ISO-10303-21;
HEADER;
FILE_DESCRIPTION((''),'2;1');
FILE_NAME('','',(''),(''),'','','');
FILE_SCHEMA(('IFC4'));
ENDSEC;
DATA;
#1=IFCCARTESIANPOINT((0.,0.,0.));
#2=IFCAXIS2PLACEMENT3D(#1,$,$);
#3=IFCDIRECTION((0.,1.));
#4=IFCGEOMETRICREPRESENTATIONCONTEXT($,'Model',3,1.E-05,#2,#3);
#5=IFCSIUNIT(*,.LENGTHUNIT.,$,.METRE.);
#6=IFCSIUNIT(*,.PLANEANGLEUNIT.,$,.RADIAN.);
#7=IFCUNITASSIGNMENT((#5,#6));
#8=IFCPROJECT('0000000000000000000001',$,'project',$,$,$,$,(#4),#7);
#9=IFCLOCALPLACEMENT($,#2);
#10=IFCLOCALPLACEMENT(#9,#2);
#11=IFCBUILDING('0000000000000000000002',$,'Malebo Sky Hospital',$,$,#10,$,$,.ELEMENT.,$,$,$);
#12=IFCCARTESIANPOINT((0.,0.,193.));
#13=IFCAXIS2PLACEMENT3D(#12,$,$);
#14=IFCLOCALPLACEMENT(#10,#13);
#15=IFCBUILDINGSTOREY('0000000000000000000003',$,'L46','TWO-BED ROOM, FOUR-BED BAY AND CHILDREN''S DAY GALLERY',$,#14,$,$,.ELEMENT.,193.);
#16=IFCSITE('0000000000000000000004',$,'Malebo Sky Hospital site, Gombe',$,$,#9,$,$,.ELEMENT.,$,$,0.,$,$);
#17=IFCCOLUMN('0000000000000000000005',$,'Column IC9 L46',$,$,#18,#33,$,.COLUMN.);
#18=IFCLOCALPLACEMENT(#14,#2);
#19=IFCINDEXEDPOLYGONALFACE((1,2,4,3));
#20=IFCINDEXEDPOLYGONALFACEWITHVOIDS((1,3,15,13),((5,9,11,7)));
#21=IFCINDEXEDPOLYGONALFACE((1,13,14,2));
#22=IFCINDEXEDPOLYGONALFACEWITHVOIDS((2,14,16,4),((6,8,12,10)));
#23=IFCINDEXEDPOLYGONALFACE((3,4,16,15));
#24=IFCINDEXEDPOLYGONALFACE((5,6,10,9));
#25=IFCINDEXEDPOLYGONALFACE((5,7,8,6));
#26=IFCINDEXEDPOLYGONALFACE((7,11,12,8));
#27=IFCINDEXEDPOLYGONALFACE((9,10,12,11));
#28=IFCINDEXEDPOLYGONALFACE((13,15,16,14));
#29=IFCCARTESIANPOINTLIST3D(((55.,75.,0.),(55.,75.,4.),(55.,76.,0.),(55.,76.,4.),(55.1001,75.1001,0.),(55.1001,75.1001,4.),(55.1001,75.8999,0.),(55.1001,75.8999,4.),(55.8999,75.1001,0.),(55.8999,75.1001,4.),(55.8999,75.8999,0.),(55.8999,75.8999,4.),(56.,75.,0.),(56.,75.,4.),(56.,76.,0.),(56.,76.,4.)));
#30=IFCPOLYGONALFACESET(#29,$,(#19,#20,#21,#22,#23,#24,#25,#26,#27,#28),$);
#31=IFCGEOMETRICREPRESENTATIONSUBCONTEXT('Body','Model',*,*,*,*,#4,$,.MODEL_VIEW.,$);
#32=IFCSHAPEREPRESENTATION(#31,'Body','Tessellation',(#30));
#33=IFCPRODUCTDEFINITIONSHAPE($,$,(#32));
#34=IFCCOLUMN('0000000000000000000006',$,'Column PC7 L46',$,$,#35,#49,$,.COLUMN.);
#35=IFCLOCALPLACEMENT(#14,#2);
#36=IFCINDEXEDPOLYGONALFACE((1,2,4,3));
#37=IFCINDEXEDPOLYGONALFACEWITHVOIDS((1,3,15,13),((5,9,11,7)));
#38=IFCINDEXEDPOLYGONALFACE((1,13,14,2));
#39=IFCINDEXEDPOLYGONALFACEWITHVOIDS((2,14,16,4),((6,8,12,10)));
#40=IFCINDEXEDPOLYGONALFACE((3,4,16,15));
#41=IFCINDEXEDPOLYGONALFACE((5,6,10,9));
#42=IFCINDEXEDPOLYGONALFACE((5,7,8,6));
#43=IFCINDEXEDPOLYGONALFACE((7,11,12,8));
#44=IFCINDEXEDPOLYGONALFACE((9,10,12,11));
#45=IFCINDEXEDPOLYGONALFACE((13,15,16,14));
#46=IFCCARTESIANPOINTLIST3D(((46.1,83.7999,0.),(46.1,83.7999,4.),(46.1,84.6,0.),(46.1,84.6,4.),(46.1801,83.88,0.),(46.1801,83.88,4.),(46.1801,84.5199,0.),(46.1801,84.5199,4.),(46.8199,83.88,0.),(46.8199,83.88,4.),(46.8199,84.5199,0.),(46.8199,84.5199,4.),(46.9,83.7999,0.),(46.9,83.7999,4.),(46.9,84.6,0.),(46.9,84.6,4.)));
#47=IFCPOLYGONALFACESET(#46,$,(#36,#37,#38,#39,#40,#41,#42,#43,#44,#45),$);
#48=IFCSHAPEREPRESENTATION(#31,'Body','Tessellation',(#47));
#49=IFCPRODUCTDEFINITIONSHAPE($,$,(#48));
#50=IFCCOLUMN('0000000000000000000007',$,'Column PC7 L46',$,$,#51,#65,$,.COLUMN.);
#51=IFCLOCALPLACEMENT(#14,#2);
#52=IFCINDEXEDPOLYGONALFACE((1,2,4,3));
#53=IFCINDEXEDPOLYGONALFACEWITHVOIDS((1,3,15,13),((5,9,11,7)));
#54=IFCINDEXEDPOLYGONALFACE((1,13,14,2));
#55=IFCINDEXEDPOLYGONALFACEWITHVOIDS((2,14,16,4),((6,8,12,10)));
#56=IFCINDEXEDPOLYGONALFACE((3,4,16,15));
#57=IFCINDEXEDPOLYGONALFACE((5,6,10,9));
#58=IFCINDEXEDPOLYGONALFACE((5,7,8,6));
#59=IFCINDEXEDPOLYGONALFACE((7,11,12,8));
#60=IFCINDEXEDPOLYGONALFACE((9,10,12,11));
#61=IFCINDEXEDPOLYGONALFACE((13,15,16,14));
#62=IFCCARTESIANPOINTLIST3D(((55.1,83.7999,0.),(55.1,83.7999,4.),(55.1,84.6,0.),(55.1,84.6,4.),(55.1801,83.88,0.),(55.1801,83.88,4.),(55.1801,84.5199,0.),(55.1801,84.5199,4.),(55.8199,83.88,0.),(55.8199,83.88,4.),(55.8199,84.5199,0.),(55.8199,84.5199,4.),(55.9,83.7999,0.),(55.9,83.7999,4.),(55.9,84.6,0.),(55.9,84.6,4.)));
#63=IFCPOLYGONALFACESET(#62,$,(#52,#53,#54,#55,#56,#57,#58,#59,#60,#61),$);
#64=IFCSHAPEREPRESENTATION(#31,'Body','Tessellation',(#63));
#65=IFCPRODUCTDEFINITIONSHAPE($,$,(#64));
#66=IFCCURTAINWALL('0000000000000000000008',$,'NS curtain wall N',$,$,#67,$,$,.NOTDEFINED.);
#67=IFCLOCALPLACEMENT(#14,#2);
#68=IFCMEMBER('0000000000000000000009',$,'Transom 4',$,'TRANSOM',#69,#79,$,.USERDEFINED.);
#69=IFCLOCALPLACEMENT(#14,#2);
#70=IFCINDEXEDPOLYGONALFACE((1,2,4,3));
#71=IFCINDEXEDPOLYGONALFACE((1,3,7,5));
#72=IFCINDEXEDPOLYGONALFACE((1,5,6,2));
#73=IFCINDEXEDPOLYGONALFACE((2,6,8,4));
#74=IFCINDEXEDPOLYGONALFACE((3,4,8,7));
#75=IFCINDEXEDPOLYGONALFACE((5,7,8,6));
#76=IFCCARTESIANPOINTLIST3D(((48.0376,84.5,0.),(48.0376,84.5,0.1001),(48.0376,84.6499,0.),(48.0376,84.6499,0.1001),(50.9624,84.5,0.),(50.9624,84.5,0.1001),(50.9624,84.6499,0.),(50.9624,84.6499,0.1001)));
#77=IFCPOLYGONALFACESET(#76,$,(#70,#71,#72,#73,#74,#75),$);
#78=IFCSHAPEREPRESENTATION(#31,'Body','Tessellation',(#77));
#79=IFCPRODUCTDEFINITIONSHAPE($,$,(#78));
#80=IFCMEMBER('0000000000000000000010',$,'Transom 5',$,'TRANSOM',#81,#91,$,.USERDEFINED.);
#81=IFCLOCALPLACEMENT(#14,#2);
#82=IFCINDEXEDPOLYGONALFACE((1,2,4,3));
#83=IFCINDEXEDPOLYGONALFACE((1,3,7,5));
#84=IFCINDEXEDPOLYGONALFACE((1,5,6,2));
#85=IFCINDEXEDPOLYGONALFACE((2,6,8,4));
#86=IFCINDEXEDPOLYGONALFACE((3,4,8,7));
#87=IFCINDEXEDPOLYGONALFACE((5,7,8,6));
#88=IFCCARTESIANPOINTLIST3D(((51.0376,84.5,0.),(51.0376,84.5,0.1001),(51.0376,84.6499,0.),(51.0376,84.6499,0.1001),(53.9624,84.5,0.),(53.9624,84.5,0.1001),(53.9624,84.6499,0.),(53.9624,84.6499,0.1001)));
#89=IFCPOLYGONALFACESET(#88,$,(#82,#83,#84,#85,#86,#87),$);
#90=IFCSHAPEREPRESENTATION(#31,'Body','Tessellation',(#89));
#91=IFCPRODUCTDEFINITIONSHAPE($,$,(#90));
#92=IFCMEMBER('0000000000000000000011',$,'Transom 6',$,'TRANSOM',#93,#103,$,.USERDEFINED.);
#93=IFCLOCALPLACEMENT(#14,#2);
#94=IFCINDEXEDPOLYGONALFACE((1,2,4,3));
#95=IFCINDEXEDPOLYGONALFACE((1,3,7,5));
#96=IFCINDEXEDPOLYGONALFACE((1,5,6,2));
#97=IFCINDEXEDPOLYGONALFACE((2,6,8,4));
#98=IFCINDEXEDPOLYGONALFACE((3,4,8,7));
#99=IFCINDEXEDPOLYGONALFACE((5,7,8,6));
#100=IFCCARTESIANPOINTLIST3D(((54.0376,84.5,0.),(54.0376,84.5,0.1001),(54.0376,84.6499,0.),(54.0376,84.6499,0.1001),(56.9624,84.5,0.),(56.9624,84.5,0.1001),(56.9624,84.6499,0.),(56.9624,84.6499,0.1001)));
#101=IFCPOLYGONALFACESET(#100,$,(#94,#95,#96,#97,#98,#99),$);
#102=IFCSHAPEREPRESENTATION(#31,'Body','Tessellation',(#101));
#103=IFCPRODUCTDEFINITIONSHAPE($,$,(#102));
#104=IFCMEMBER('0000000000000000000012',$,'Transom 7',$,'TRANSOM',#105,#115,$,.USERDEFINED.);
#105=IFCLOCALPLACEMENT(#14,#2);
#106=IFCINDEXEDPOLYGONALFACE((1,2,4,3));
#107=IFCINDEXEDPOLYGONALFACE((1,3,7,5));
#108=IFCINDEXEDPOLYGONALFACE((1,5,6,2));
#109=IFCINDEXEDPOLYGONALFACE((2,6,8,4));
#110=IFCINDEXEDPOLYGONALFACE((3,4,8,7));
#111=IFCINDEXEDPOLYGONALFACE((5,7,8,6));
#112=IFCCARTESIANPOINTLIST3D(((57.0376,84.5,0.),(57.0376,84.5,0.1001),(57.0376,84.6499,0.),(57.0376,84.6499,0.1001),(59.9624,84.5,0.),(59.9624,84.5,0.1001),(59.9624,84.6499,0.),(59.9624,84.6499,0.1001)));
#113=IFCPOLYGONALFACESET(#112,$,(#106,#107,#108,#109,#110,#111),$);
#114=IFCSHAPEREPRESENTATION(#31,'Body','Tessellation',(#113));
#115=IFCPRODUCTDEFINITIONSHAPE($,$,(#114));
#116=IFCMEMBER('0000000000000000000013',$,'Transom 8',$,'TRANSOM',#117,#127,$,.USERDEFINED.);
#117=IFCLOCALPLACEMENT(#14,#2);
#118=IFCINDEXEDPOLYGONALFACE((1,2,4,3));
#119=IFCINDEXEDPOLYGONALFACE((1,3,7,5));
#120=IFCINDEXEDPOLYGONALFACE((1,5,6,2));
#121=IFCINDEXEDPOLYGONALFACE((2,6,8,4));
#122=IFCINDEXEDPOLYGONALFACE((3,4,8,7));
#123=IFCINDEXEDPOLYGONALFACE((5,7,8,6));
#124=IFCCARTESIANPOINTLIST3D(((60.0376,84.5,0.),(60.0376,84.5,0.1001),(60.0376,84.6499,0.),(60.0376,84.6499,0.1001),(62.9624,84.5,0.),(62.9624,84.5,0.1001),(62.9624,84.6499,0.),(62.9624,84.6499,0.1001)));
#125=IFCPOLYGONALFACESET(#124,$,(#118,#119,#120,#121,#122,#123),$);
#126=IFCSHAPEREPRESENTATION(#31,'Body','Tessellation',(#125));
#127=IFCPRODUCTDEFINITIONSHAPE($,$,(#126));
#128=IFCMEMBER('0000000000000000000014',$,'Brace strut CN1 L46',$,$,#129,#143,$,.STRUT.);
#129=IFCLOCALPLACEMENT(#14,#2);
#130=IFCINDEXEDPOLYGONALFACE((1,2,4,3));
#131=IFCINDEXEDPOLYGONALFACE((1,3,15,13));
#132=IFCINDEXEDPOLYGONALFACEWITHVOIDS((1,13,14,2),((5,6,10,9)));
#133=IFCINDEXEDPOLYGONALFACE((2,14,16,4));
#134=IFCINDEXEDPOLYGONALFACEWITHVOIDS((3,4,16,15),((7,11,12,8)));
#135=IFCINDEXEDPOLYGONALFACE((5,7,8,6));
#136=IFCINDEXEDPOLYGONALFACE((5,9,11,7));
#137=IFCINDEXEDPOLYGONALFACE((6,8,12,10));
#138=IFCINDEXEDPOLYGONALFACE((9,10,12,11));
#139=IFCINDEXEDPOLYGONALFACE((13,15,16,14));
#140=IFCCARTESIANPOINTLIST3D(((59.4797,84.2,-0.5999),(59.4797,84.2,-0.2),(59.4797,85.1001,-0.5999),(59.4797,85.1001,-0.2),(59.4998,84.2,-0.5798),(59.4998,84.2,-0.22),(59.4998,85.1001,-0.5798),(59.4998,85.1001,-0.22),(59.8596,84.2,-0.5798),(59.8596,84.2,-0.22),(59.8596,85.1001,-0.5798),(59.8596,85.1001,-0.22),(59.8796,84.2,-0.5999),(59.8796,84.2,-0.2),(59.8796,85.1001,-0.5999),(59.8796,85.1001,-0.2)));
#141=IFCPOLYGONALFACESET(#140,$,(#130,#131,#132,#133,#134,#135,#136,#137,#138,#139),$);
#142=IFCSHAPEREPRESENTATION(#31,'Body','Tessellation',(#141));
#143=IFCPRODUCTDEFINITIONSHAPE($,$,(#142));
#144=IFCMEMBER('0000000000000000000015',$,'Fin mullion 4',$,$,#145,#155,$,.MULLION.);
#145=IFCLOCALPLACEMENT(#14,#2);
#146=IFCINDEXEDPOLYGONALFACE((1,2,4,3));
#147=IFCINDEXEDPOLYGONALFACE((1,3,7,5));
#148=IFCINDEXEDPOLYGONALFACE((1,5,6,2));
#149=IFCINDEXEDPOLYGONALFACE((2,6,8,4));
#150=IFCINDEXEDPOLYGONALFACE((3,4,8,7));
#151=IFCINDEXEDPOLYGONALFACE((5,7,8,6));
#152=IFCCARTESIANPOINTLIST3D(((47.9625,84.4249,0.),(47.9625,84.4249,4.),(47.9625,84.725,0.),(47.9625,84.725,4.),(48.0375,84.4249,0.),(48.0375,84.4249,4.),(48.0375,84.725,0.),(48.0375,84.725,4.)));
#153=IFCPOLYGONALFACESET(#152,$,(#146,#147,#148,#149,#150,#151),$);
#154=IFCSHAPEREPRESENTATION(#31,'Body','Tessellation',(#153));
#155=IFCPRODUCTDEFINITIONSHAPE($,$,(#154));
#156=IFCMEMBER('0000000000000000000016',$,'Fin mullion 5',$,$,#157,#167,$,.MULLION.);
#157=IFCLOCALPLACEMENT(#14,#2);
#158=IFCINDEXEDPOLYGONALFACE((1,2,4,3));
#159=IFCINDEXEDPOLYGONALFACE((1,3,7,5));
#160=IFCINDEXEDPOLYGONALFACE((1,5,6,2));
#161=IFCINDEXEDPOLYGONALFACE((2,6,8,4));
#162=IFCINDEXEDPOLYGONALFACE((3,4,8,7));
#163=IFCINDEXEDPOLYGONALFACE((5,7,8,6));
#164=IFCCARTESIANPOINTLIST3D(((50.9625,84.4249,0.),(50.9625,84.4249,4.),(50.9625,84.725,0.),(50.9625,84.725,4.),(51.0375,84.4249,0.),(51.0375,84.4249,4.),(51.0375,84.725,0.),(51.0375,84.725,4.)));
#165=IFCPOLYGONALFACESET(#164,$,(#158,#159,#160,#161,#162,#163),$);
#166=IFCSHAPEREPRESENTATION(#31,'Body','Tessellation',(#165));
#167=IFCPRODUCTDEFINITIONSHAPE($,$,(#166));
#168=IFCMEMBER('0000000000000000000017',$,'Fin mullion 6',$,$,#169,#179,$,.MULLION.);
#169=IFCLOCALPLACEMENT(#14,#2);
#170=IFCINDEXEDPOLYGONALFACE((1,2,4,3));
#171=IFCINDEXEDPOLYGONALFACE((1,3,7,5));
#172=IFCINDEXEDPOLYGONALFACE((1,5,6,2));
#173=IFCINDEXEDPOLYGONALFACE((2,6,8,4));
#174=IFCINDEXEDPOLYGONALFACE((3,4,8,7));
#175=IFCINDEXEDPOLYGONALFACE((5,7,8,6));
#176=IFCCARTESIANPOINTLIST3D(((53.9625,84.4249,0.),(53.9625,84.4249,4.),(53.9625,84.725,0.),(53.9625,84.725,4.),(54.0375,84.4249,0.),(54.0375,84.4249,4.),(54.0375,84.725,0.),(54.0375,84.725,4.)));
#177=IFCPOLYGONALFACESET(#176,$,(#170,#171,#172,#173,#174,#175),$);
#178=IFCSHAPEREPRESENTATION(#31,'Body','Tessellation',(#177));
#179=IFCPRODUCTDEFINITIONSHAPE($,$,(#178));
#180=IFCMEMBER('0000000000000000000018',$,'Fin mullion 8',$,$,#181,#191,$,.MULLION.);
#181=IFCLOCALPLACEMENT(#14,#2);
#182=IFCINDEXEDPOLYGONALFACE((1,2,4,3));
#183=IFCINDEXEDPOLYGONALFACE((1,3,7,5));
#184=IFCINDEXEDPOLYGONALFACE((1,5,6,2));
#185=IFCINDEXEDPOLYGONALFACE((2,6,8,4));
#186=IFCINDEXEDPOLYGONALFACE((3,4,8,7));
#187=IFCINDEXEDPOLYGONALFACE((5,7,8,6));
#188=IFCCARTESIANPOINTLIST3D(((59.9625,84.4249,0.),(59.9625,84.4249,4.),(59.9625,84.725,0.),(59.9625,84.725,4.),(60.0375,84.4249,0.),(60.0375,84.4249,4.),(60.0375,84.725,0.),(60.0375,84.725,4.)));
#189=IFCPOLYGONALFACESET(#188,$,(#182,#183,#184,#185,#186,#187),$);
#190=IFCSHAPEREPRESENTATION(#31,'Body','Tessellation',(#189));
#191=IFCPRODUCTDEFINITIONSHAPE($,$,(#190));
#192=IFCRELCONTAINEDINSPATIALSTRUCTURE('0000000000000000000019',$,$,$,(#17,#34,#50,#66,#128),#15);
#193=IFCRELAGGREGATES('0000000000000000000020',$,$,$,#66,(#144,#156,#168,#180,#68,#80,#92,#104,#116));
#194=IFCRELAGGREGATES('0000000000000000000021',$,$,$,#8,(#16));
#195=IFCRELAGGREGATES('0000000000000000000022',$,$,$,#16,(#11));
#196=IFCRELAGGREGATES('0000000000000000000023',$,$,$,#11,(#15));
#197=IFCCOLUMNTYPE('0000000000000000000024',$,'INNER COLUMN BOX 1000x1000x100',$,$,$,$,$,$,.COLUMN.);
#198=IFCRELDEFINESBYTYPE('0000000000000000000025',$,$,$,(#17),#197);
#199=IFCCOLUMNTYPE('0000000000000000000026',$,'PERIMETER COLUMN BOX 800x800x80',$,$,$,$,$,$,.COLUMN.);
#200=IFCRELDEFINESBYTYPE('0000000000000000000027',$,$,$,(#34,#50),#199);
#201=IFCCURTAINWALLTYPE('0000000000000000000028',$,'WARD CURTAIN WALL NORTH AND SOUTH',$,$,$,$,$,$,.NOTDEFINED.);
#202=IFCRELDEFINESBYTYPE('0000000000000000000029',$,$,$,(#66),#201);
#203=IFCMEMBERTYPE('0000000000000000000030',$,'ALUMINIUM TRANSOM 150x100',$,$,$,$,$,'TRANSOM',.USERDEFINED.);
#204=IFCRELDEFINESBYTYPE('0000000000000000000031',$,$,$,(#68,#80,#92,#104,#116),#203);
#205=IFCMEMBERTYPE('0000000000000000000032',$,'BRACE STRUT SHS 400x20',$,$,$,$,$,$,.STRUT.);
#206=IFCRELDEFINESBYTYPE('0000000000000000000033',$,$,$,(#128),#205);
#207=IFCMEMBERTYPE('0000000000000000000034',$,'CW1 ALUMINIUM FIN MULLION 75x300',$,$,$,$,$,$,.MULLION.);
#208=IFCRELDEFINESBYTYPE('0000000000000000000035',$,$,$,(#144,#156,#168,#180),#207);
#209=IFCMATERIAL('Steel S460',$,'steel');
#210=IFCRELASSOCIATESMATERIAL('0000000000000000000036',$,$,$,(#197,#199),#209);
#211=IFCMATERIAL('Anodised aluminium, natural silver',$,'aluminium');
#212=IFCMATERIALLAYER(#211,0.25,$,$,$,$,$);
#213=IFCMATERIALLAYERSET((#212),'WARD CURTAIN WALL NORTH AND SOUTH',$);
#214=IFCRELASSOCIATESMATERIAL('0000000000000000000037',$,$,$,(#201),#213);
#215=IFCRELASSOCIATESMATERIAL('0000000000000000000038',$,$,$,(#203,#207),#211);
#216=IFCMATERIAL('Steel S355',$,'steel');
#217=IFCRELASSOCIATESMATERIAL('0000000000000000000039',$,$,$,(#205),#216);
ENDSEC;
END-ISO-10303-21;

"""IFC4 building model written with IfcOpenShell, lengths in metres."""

from ifc_helpers import new_model, si_unit, direction, frame, origin, origin_2d, place, context, subcontext, project, spatial, rectangle, hollow_rectangle, extrude, material, layer, layer_set, material_profile, profile_set, type_object, element, aggregate, save


model = new_model("IFC4")

# Units and contexts
model_context = context("Model", 3, precision=1e-05, world=origin(), true_north=direction((0.0, 1.0)))
body_context = subcontext(model_context, "Body", "Model", "MODEL_VIEW")
ifc_project = project(units=[si_unit("LENGTHUNIT", "METRE"), si_unit("PLANEANGLEUNIT", "RADIAN")], contexts=[model_context])

# Site, building, storey
site_placement = place(None, origin())
site = spatial("IfcSite", under=ifc_project, at=site_placement, Name="Malebo Sky Hospital site, Gombe", CompositionType="ELEMENT", RefElevation=0.0)
building_placement = place(site_placement, origin())
building = spatial("IfcBuilding", under=site, at=building_placement, Name="Malebo Sky Hospital", CompositionType="ELEMENT")
storey_placement = place(building_placement, frame((0.0, 0.0, 193.0)))
storey = spatial("IfcBuildingStorey", under=building, at=storey_placement, Name="L46", Description="TWO-BED ROOM, FOUR-BED BAY AND CHILDREN'S DAY GALLERY", CompositionType="ELEMENT", Elevation=193.0)

# Columns
ifc_material_1 = material(Name="Steel S460", Category="steel")
ifc_material_profile_1 = material_profile(ifc_material_1, hollow_rectangle(XDim=1.0, YDim=1.0, WallThickness=0.1001, at=origin_2d()), Name="BOX 1000x1000x100")
ifc_profile_set_1 = profile_set([ifc_material_profile_1], Name="Steel S460")
column_type_1 = type_object("IfcColumnType", Name="INNER COLUMN BOX 1000x1000x100", PredefinedType="COLUMN", material=ifc_profile_set_1)
column_placement = place(storey_placement, frame((55.5, 75.5, 0.0), z_axis=(0.0, 0.0, 1.0), x_axis=(1.0, 0.0, 0.0)))
element("IfcColumn", 1, at=column_placement, inside=storey, type_object=column_type_1, Name="Column IC9 L46", PredefinedType="COLUMN", context=body_context, shape_type="SweptSolid", body=[
    extrude(hollow_rectangle(XDim=1.0, YDim=1.0, WallThickness=0.1001, at=origin_2d()), origin(), (0.0, 0.0, 1.0), 4.0),
])
ifc_material_profile_2 = material_profile(ifc_material_1, hollow_rectangle(XDim=0.8, YDim=0.8, WallThickness=0.0801, at=origin_2d()), Name="BOX 800x800x80")
ifc_profile_set_2 = profile_set([ifc_material_profile_2], Name="Steel S460")
column_type_2 = type_object("IfcColumnType", Name="PERIMETER COLUMN BOX 800x800x80", PredefinedType="COLUMN", material=ifc_profile_set_2)
for number, where, z_axis, x_axis, name in (
    (2, (46.5, 84.2, 0.0), (0.0, 0.0, 1.0), (1.0, 0.0, 0.0), "Column PC7 L46"),
    (3, (55.5, 84.2, 0.0), (0.0, 0.0, 1.0), (1.0, 0.0, 0.0), "Column PC7 L46"),
):
    element("IfcColumn", number, at=place(storey_placement, frame(where, z_axis=z_axis, x_axis=x_axis)), inside=storey, type_object=column_type_2, Name=name, PredefinedType="COLUMN", context=body_context, shape_type="SweptSolid", body=[
        extrude(hollow_rectangle(XDim=0.8, YDim=0.8, WallThickness=0.0801, at=origin_2d()), origin(), (0.0, 0.0, 1.0), 4.0),
    ])

# Curtain wall, members
ifc_material_2 = material(Name="Anodised aluminium, natural silver", Category="aluminium")
ifc_layer_1 = layer(ifc_material_2, 0.25)
ifc_layer_set_1 = layer_set([ifc_layer_1], Name="WARD CURTAIN WALL NORTH AND SOUTH")
curtain_wall_type = type_object("IfcCurtainWallType", Name="WARD CURTAIN WALL NORTH AND SOUTH", PredefinedType="NOTDEFINED", material=ifc_layer_set_1)
curtain_wall_placement = place(storey_placement, origin())
curtain_wall = element("IfcCurtainWall", 4, at=curtain_wall_placement, inside=storey, type_object=curtain_wall_type, Name="NS curtain wall N", PredefinedType="NOTDEFINED")
ifc_material_profile_3 = material_profile(ifc_material_2, rectangle(XDim=0.1499, YDim=0.1001, at=origin_2d()), Name="ALUMINIUM TRANSOM 150x100")
ifc_profile_set_3 = profile_set([ifc_material_profile_3], Name="Anodised aluminium, natural silver")
member_type_1 = type_object("IfcMemberType", Name="ALUMINIUM TRANSOM 150x100", ElementType="TRANSOM", PredefinedType="USERDEFINED", material=ifc_profile_set_3)
member_1_placement = place(storey_placement, frame((48.0376, 84.575, 0.05), z_axis=(1.0, 0.0, 0.0), x_axis=(0.0, 1.0, 0.0)))
member_1 = element("IfcMember", 5, at=member_1_placement, type_object=member_type_1, Name="Transom 4", ObjectType="TRANSOM", PredefinedType="USERDEFINED", context=body_context, shape_type="SweptSolid", body=[
    extrude(rectangle(XDim=0.1499, YDim=0.1001, at=origin_2d()), origin(), (0.0, 0.0, 1.0), 2.9248),
])
member_2_placement = place(storey_placement, frame((51.0376, 84.575, 0.05), z_axis=(1.0, 0.0, 0.0), x_axis=(0.0, 1.0, 0.0)))
member_2 = element("IfcMember", 6, at=member_2_placement, type_object=member_type_1, Name="Transom 5", ObjectType="TRANSOM", PredefinedType="USERDEFINED", context=body_context, shape_type="SweptSolid", body=[
    extrude(rectangle(XDim=0.1499, YDim=0.1001, at=origin_2d()), origin(), (0.0, 0.0, 1.0), 2.9248),
])
member_3_placement = place(storey_placement, frame((54.0376, 84.575, 0.05), z_axis=(1.0, 0.0, 0.0), x_axis=(0.0, 1.0, 0.0)))
member_3 = element("IfcMember", 7, at=member_3_placement, type_object=member_type_1, Name="Transom 6", ObjectType="TRANSOM", PredefinedType="USERDEFINED", context=body_context, shape_type="SweptSolid", body=[
    extrude(rectangle(XDim=0.1499, YDim=0.1001, at=origin_2d()), origin(), (0.0, 0.0, 1.0), 2.9248),
])
member_4_placement = place(storey_placement, frame((57.0376, 84.575, 0.05), z_axis=(1.0, 0.0, 0.0), x_axis=(0.0, 1.0, 0.0)))
member_4 = element("IfcMember", 8, at=member_4_placement, type_object=member_type_1, Name="Transom 7", ObjectType="TRANSOM", PredefinedType="USERDEFINED", context=body_context, shape_type="SweptSolid", body=[
    extrude(rectangle(XDim=0.1499, YDim=0.1001, at=origin_2d()), origin(), (0.0, 0.0, 1.0), 2.9248),
])
member_5_placement = place(storey_placement, frame((60.0376, 84.575, 0.05), z_axis=(1.0, 0.0, 0.0), x_axis=(0.0, 1.0, 0.0)))
member_5 = element("IfcMember", 9, at=member_5_placement, type_object=member_type_1, Name="Transom 8", ObjectType="TRANSOM", PredefinedType="USERDEFINED", context=body_context, shape_type="SweptSolid", body=[
    extrude(rectangle(XDim=0.1499, YDim=0.1001, at=origin_2d()), origin(), (0.0, 0.0, 1.0), 2.9248),
])

# Members
ifc_material_3 = material(Name="Steel S355", Category="steel")
ifc_material_profile_4 = material_profile(ifc_material_3, hollow_rectangle(XDim=0.3999, YDim=0.3999, WallThickness=0.02, at=origin_2d()), Name="SHS 400x20")
ifc_profile_set_4 = profile_set([ifc_material_profile_4], Name="Steel S355")
member_type_2 = type_object("IfcMemberType", Name="BRACE STRUT SHS 400x20", PredefinedType="STRUT", material=ifc_profile_set_4)
member_6_placement = place(storey_placement, frame((59.6797, 85.1001, -0.3999), z_axis=(0.0, -1.0, 0.0), x_axis=(1.0, 0.0, 0.0)))
element("IfcMember", 10, at=member_6_placement, inside=storey, type_object=member_type_2, Name="Brace strut CN1 L46", PredefinedType="STRUT", context=body_context, shape_type="SweptSolid", body=[
    extrude(hollow_rectangle(XDim=0.3999, YDim=0.3999, WallThickness=0.02, at=origin_2d()), origin(), (0.0, 0.0, 1.0), 0.9001),
])
ifc_material_profile_5 = material_profile(ifc_material_2, rectangle(XDim=0.075, YDim=0.3, at=origin_2d()), Name="CW1 ALUMINIUM FIN MULLION 75x300")
ifc_profile_set_5 = profile_set([ifc_material_profile_5], Name="Anodised aluminium, natural silver")
member_type_3 = type_object("IfcMemberType", Name="CW1 ALUMINIUM FIN MULLION 75x300", PredefinedType="MULLION", material=ifc_profile_set_5)
member_7_placement = place(storey_placement, frame((48.0, 84.575, 0.0), z_axis=(0.0, 0.0, 1.0), x_axis=(1.0, 0.0, 0.0)))
member_7 = element("IfcMember", 11, at=member_7_placement, type_object=member_type_3, Name="Fin mullion 4", PredefinedType="MULLION", context=body_context, shape_type="SweptSolid", body=[
    extrude(rectangle(XDim=0.075, YDim=0.3, at=origin_2d()), origin(), (0.0, 0.0, 1.0), 4.0),
])
member_8_placement = place(storey_placement, frame((51.0, 84.575, 0.0), z_axis=(0.0, 0.0, 1.0), x_axis=(1.0, 0.0, 0.0)))
member_8 = element("IfcMember", 12, at=member_8_placement, type_object=member_type_3, Name="Fin mullion 5", PredefinedType="MULLION", context=body_context, shape_type="SweptSolid", body=[
    extrude(rectangle(XDim=0.075, YDim=0.3, at=origin_2d()), origin(), (0.0, 0.0, 1.0), 4.0),
])
member_9_placement = place(storey_placement, frame((54.0, 84.575, 0.0), z_axis=(0.0, 0.0, 1.0), x_axis=(1.0, 0.0, 0.0)))
member_9 = element("IfcMember", 13, at=member_9_placement, type_object=member_type_3, Name="Fin mullion 6", PredefinedType="MULLION", context=body_context, shape_type="SweptSolid", body=[
    extrude(rectangle(XDim=0.075, YDim=0.3, at=origin_2d()), origin(), (0.0, 0.0, 1.0), 4.0),
])
member_10_placement = place(storey_placement, frame((60.0, 84.575, 0.0), z_axis=(0.0, 0.0, 1.0), x_axis=(1.0, 0.0, 0.0)))
member_10 = element("IfcMember", 14, at=member_10_placement, type_object=member_type_3, Name="Fin mullion 8", PredefinedType="MULLION", context=body_context, shape_type="SweptSolid", body=[
    extrude(rectangle(XDim=0.075, YDim=0.3, at=origin_2d()), origin(), (0.0, 0.0, 1.0), 4.0),
])

aggregate(curtain_wall, [member_7, member_8, member_9, member_10, member_1, member_2, member_3, member_4, member_5])

save(model, "model.ifc")
